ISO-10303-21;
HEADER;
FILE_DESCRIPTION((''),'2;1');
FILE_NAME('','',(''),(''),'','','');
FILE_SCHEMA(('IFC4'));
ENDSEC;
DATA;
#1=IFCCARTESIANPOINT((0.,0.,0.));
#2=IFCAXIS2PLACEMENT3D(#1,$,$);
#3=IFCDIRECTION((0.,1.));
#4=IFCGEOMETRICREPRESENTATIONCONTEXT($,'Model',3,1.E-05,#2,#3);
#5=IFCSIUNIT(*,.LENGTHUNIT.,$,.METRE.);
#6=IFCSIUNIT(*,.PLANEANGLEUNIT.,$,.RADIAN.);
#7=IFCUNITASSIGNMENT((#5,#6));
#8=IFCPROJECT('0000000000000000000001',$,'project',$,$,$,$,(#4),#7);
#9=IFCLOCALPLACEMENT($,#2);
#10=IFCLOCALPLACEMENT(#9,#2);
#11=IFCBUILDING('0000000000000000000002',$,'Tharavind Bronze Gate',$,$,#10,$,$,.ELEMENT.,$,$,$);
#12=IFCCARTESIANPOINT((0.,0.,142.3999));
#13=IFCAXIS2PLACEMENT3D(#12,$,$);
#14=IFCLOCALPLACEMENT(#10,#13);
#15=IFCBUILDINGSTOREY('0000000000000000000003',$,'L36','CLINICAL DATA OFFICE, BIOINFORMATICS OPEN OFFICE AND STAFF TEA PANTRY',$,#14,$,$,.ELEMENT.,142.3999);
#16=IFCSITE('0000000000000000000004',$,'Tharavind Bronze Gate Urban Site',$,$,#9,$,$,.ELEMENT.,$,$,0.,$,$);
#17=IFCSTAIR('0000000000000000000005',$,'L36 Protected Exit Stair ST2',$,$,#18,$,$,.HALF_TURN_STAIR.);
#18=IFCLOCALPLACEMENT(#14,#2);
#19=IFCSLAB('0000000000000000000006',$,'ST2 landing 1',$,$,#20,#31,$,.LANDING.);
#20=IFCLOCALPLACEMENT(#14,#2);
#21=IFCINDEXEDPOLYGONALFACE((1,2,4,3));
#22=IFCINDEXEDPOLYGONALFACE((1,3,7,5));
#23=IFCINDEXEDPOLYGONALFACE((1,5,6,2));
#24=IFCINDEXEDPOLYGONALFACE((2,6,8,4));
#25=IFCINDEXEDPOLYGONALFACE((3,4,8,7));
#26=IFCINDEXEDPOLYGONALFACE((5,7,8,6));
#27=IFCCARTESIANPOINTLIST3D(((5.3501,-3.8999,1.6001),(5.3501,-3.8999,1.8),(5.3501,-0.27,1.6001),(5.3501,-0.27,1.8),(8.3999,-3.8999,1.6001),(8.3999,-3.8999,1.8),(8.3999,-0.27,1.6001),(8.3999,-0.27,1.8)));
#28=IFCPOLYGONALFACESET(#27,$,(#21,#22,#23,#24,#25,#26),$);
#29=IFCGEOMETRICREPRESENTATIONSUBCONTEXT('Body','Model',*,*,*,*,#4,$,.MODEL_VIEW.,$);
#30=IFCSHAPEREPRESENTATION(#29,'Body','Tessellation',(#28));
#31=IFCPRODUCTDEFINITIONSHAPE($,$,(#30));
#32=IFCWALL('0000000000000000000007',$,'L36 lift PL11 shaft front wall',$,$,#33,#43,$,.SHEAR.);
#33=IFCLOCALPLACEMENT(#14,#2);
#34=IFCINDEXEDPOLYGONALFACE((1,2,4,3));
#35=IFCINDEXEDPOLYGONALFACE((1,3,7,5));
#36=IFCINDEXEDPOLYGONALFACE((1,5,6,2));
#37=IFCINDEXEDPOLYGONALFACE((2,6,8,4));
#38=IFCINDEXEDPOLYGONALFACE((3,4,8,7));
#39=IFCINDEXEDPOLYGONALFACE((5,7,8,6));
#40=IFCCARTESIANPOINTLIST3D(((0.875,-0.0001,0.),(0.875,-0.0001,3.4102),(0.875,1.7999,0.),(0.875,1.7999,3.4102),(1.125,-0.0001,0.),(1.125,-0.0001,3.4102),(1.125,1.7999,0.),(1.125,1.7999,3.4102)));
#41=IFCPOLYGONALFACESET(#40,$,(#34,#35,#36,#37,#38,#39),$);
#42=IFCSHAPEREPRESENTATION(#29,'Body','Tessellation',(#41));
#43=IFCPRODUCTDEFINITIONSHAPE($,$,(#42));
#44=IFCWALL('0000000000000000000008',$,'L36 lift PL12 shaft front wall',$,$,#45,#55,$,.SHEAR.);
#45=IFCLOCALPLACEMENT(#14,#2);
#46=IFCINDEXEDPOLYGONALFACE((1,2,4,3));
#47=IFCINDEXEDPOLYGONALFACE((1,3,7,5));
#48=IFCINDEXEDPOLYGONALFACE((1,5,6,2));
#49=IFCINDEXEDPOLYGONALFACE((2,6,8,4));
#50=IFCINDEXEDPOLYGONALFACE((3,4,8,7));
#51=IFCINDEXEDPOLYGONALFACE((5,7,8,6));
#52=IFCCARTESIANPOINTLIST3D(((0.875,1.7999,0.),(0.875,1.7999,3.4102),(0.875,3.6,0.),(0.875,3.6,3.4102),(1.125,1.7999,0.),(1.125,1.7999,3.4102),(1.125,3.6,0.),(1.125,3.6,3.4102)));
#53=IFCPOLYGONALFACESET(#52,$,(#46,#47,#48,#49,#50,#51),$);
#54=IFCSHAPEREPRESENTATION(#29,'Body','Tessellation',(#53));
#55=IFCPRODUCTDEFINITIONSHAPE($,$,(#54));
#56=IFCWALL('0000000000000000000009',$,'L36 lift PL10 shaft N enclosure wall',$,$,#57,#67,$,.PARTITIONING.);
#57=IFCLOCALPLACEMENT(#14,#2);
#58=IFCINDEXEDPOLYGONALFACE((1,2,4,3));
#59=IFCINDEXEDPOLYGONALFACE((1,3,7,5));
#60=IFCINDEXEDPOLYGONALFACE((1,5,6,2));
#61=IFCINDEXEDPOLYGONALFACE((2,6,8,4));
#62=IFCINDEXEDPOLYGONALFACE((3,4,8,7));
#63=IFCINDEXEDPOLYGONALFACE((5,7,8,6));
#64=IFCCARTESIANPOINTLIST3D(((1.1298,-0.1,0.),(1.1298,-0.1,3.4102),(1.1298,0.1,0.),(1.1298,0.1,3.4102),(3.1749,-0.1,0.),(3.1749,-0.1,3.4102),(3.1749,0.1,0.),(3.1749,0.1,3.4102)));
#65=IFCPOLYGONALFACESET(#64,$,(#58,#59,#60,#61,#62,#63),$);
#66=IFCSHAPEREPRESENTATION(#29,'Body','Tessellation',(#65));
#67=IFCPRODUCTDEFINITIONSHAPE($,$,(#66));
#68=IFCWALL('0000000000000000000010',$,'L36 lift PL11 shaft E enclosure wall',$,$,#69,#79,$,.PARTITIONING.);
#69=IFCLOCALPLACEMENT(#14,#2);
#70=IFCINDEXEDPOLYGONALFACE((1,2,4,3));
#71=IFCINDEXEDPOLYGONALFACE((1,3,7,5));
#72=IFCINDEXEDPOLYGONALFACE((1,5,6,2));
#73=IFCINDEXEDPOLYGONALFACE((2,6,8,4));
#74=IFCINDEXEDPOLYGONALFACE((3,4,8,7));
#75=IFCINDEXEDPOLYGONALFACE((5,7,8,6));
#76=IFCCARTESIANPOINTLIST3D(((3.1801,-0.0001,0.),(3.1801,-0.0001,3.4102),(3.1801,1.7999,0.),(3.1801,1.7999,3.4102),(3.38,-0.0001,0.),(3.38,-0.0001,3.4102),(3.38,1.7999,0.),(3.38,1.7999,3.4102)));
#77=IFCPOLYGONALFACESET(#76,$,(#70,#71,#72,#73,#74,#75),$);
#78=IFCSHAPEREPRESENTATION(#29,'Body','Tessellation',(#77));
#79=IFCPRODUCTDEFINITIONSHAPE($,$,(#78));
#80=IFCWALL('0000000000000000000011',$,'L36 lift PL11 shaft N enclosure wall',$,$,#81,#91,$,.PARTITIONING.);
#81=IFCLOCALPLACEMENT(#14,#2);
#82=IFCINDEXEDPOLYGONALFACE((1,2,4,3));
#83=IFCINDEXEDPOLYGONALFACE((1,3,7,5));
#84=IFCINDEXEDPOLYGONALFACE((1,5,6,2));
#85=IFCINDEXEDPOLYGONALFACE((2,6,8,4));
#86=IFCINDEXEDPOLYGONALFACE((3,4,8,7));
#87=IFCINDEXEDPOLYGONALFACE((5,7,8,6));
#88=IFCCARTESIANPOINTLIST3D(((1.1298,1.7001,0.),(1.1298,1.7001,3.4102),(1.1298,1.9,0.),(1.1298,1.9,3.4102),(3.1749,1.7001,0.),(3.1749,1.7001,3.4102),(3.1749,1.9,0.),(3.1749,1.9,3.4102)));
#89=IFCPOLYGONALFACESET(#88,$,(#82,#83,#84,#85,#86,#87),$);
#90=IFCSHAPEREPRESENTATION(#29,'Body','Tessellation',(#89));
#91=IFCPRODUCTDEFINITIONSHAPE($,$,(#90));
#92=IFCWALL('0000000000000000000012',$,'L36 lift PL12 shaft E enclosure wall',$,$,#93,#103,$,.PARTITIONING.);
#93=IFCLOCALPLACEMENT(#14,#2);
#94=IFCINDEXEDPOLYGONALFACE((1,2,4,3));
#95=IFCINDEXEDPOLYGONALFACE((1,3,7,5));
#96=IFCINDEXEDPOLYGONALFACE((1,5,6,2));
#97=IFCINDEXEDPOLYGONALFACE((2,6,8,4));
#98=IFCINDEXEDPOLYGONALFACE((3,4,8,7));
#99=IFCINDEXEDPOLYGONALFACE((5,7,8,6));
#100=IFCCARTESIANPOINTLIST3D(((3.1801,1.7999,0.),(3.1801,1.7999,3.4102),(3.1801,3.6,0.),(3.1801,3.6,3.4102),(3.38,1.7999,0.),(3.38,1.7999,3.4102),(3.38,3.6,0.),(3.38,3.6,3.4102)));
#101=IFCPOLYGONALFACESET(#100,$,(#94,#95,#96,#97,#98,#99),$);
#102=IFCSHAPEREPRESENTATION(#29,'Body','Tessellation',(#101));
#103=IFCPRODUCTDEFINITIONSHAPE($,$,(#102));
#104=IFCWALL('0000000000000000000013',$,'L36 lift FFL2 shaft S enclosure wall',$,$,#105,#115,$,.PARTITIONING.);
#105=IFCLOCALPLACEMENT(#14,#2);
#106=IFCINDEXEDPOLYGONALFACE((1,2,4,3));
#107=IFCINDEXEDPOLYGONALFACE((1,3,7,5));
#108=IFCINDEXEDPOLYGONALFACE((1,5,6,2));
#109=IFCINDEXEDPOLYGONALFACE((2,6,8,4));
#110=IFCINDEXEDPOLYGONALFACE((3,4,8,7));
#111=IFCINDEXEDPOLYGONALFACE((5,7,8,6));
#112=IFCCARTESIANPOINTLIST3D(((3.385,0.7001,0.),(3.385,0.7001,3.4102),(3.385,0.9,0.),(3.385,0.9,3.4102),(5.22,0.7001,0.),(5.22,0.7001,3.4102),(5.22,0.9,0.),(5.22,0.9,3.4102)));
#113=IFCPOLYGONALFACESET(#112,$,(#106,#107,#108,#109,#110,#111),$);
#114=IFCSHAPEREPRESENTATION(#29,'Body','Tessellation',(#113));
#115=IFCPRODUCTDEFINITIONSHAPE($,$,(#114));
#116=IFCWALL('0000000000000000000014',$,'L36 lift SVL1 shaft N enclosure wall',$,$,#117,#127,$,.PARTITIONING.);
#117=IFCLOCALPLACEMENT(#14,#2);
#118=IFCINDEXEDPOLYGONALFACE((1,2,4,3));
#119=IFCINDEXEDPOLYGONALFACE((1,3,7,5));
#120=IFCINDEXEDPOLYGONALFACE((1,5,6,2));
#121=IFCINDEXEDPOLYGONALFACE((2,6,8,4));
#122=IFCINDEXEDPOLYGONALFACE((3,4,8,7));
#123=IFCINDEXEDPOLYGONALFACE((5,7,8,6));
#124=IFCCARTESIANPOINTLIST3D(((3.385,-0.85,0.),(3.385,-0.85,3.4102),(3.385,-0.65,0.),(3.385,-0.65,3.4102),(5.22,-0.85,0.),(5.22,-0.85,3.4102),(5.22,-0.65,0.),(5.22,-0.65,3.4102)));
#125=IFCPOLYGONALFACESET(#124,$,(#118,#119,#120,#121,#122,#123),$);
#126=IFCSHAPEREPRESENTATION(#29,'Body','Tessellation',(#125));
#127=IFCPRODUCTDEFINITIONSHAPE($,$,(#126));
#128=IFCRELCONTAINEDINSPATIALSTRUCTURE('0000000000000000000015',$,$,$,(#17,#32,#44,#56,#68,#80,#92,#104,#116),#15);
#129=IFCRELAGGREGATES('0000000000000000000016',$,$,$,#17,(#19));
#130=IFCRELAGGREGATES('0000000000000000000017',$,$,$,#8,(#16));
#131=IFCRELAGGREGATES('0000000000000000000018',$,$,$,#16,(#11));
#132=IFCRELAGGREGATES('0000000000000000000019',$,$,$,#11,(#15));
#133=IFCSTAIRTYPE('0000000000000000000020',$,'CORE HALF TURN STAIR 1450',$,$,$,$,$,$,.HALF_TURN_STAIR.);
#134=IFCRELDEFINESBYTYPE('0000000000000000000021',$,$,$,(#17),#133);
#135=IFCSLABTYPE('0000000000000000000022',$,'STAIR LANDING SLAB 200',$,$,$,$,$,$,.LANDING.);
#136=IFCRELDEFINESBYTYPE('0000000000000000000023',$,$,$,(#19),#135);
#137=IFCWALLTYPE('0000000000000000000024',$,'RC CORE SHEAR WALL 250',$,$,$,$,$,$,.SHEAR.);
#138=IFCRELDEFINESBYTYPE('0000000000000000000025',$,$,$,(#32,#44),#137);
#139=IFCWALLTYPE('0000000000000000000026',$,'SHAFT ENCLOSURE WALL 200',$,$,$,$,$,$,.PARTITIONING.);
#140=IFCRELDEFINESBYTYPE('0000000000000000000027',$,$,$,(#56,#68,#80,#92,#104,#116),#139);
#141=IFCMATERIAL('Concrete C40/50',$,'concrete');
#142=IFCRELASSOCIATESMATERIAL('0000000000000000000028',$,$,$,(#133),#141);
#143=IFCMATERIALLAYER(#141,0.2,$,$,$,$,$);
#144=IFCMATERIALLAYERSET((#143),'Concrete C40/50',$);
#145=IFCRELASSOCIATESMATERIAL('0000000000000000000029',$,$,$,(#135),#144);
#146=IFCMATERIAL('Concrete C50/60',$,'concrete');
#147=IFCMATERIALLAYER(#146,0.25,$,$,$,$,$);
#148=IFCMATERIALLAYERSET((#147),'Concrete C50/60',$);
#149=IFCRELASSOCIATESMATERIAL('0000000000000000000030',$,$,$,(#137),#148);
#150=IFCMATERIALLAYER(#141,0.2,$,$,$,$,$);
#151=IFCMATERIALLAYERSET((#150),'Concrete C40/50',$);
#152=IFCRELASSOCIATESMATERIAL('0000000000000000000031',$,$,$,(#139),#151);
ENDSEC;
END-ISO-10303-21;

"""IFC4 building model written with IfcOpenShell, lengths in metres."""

from ifc_helpers import new_model, si_unit, direction, frame, frame_2d, origin, place, context, subcontext, project, spatial, polyline, rectangle, outline, extrude, material, layer, layer_set, type_object, element, aggregate, save


model = new_model("IFC4")

# Units and contexts
model_context = context("Model", 3, precision=1e-05, world=origin(), true_north=direction((0.0, 1.0)))
body_context = subcontext(model_context, "Body", "Model", "MODEL_VIEW")
ifc_project = project(units=[si_unit("LENGTHUNIT", "METRE"), si_unit("PLANEANGLEUNIT", "RADIAN")], contexts=[model_context])

# Site, building, storey
site_placement = place(None, origin())
site = spatial("IfcSite", under=ifc_project, at=site_placement, Name="Tharavind Bronze Gate Urban Site", CompositionType="ELEMENT", RefElevation=0.0)
building_placement = place(site_placement, origin())
building = spatial("IfcBuilding", under=site, at=building_placement, Name="Tharavind Bronze Gate", CompositionType="ELEMENT")
storey_placement = place(building_placement, frame((0.0, 0.0, 142.3999)))
storey = spatial("IfcBuildingStorey", under=building, at=storey_placement, Name="L36", Description="CLINICAL DATA OFFICE, BIOINFORMATICS OPEN OFFICE AND STAFF TEA PANTRY", CompositionType="ELEMENT", Elevation=142.3999)

# Stair, slab
ifc_material_1 = material(Name="Concrete C40/50", Category="concrete")
stair_type = type_object("IfcStairType", Name="CORE HALF TURN STAIR 1450", PredefinedType="HALF_TURN_STAIR", material=ifc_material_1)
stair_placement = place(storey_placement, origin())
stair = element("IfcStair", 1, at=stair_placement, inside=storey, type_object=stair_type, Name="L36 Protected Exit Stair ST2", PredefinedType="HALF_TURN_STAIR")
ifc_layer_1 = layer(ifc_material_1, 0.2)
ifc_layer_set_1 = layer_set([ifc_layer_1], Name="Concrete C40/50")
slab_type = type_object("IfcSlabType", Name="STAIR LANDING SLAB 200", PredefinedType="LANDING", material=ifc_layer_set_1)
slab_placement = place(storey_placement, frame((0.0, 0.0, 1.6001)))
slab = element("IfcSlab", 2, at=slab_placement, type_object=slab_type, Name="ST2 landing 1", PredefinedType="LANDING", context=body_context, shape_type="SweptSolid", body=[
    extrude(outline(polyline([(5.3501, -0.27), (5.3501, -3.8999), (8.3999, -3.8999), (8.3999, -0.27), (5.3501, -0.27)])), origin(), (0.0, 0.0, 1.0), 0.2),
])
aggregate(stair, [slab])

# Walls
ifc_material_2 = material(Name="Concrete C50/60", Category="concrete")
ifc_layer_2 = layer(ifc_material_2, 0.25)
ifc_layer_set_2 = layer_set([ifc_layer_2], Name="Concrete C50/60")
wall_type_1 = type_object("IfcWallType", Name="RC CORE SHEAR WALL 250", PredefinedType="SHEAR", material=ifc_layer_set_2)
for number, where, z_axis, x_axis, name in (
    (3, (1.0, 0.0, 0.0), (0.0, 0.0, 1.0), (0.0, 1.0, 0.0), "L36 lift PL11 shaft front wall"),
    (4, (1.0, 1.8, 0.0), (0.0, 0.0, 1.0), (0.0, 1.0, 0.0), "L36 lift PL12 shaft front wall"),
):
    element("IfcWall", number, at=place(storey_placement, frame(where, z_axis=z_axis, x_axis=x_axis)), inside=storey, type_object=wall_type_1, Name=name, PredefinedType="SHEAR", context=body_context, shape_type="SweptSolid", body=[
        extrude(rectangle(XDim=1.8, YDim=0.25, at=frame_2d((0.8999, 0.0))), origin(), (0.0, 0.0, 1.0), 3.4102),
    ])
ifc_layer_3 = layer(ifc_material_1, 0.2)
ifc_layer_set_3 = layer_set([ifc_layer_3], Name="Concrete C40/50")
wall_type_2 = type_object("IfcWallType", Name="SHAFT ENCLOSURE WALL 200", PredefinedType="PARTITIONING", material=ifc_layer_set_3)
wall_1_placement = place(storey_placement, frame((1.1299, 0.0, 0.0), z_axis=(0.0, 0.0, 1.0), x_axis=(1.0, 0.0, 0.0)))
element("IfcWall", 5, at=wall_1_placement, inside=storey, type_object=wall_type_2, Name="L36 lift PL10 shaft N enclosure wall", PredefinedType="PARTITIONING", context=body_context, shape_type="SweptSolid", body=[
    extrude(rectangle(XDim=2.0452, YDim=0.2, at=frame_2d((1.0225, 0.0))), origin(), (0.0, 0.0, 1.0), 3.4102),
])
wall_2_placement = place(storey_placement, frame((3.28, 0.0, 0.0), z_axis=(0.0, 0.0, 1.0), x_axis=(0.0, 1.0, 0.0)))
element("IfcWall", 6, at=wall_2_placement, inside=storey, type_object=wall_type_2, Name="L36 lift PL11 shaft E enclosure wall", PredefinedType="PARTITIONING", context=body_context, shape_type="SweptSolid", body=[
    extrude(rectangle(XDim=1.8, YDim=0.2, at=frame_2d((0.8999, 0.0))), origin(), (0.0, 0.0, 1.0), 3.4102),
])
wall_3_placement = place(storey_placement, frame((1.1299, 1.8, 0.0), z_axis=(0.0, 0.0, 1.0), x_axis=(1.0, 0.0, 0.0)))
element("IfcWall", 7, at=wall_3_placement, inside=storey, type_object=wall_type_2, Name="L36 lift PL11 shaft N enclosure wall", PredefinedType="PARTITIONING", context=body_context, shape_type="SweptSolid", body=[
    extrude(rectangle(XDim=2.0452, YDim=0.2, at=frame_2d((1.0225, 0.0))), origin(), (0.0, 0.0, 1.0), 3.4102),
])
wall_4_placement = place(storey_placement, frame((3.28, 1.8, 0.0), z_axis=(0.0, 0.0, 1.0), x_axis=(0.0, 1.0, 0.0)))
element("IfcWall", 8, at=wall_4_placement, inside=storey, type_object=wall_type_2, Name="L36 lift PL12 shaft E enclosure wall", PredefinedType="PARTITIONING", context=body_context, shape_type="SweptSolid", body=[
    extrude(rectangle(XDim=1.8, YDim=0.2, at=frame_2d((0.8999, 0.0))), origin(), (0.0, 0.0, 1.0), 3.4102),
])
for number, where, z_axis, x_axis, name in (
    (9, (3.385, 0.8, 0.0), (0.0, 0.0, 1.0), (1.0, 0.0, 0.0), "L36 lift FFL2 shaft S enclosure wall"),
    (10, (3.385, -0.75, 0.0), (0.0, 0.0, 1.0), (1.0, 0.0, 0.0), "L36 lift SVL1 shaft N enclosure wall"),
):
    element("IfcWall", number, at=place(storey_placement, frame(where, z_axis=z_axis, x_axis=x_axis)), inside=storey, type_object=wall_type_2, Name=name, PredefinedType="PARTITIONING", context=body_context, shape_type="SweptSolid", body=[
        extrude(rectangle(XDim=1.835, YDim=0.2, at=frame_2d((0.9175, 0.0))), origin(), (0.0, 0.0, 1.0), 3.4102),
    ])

save(model, "model.ifc")
